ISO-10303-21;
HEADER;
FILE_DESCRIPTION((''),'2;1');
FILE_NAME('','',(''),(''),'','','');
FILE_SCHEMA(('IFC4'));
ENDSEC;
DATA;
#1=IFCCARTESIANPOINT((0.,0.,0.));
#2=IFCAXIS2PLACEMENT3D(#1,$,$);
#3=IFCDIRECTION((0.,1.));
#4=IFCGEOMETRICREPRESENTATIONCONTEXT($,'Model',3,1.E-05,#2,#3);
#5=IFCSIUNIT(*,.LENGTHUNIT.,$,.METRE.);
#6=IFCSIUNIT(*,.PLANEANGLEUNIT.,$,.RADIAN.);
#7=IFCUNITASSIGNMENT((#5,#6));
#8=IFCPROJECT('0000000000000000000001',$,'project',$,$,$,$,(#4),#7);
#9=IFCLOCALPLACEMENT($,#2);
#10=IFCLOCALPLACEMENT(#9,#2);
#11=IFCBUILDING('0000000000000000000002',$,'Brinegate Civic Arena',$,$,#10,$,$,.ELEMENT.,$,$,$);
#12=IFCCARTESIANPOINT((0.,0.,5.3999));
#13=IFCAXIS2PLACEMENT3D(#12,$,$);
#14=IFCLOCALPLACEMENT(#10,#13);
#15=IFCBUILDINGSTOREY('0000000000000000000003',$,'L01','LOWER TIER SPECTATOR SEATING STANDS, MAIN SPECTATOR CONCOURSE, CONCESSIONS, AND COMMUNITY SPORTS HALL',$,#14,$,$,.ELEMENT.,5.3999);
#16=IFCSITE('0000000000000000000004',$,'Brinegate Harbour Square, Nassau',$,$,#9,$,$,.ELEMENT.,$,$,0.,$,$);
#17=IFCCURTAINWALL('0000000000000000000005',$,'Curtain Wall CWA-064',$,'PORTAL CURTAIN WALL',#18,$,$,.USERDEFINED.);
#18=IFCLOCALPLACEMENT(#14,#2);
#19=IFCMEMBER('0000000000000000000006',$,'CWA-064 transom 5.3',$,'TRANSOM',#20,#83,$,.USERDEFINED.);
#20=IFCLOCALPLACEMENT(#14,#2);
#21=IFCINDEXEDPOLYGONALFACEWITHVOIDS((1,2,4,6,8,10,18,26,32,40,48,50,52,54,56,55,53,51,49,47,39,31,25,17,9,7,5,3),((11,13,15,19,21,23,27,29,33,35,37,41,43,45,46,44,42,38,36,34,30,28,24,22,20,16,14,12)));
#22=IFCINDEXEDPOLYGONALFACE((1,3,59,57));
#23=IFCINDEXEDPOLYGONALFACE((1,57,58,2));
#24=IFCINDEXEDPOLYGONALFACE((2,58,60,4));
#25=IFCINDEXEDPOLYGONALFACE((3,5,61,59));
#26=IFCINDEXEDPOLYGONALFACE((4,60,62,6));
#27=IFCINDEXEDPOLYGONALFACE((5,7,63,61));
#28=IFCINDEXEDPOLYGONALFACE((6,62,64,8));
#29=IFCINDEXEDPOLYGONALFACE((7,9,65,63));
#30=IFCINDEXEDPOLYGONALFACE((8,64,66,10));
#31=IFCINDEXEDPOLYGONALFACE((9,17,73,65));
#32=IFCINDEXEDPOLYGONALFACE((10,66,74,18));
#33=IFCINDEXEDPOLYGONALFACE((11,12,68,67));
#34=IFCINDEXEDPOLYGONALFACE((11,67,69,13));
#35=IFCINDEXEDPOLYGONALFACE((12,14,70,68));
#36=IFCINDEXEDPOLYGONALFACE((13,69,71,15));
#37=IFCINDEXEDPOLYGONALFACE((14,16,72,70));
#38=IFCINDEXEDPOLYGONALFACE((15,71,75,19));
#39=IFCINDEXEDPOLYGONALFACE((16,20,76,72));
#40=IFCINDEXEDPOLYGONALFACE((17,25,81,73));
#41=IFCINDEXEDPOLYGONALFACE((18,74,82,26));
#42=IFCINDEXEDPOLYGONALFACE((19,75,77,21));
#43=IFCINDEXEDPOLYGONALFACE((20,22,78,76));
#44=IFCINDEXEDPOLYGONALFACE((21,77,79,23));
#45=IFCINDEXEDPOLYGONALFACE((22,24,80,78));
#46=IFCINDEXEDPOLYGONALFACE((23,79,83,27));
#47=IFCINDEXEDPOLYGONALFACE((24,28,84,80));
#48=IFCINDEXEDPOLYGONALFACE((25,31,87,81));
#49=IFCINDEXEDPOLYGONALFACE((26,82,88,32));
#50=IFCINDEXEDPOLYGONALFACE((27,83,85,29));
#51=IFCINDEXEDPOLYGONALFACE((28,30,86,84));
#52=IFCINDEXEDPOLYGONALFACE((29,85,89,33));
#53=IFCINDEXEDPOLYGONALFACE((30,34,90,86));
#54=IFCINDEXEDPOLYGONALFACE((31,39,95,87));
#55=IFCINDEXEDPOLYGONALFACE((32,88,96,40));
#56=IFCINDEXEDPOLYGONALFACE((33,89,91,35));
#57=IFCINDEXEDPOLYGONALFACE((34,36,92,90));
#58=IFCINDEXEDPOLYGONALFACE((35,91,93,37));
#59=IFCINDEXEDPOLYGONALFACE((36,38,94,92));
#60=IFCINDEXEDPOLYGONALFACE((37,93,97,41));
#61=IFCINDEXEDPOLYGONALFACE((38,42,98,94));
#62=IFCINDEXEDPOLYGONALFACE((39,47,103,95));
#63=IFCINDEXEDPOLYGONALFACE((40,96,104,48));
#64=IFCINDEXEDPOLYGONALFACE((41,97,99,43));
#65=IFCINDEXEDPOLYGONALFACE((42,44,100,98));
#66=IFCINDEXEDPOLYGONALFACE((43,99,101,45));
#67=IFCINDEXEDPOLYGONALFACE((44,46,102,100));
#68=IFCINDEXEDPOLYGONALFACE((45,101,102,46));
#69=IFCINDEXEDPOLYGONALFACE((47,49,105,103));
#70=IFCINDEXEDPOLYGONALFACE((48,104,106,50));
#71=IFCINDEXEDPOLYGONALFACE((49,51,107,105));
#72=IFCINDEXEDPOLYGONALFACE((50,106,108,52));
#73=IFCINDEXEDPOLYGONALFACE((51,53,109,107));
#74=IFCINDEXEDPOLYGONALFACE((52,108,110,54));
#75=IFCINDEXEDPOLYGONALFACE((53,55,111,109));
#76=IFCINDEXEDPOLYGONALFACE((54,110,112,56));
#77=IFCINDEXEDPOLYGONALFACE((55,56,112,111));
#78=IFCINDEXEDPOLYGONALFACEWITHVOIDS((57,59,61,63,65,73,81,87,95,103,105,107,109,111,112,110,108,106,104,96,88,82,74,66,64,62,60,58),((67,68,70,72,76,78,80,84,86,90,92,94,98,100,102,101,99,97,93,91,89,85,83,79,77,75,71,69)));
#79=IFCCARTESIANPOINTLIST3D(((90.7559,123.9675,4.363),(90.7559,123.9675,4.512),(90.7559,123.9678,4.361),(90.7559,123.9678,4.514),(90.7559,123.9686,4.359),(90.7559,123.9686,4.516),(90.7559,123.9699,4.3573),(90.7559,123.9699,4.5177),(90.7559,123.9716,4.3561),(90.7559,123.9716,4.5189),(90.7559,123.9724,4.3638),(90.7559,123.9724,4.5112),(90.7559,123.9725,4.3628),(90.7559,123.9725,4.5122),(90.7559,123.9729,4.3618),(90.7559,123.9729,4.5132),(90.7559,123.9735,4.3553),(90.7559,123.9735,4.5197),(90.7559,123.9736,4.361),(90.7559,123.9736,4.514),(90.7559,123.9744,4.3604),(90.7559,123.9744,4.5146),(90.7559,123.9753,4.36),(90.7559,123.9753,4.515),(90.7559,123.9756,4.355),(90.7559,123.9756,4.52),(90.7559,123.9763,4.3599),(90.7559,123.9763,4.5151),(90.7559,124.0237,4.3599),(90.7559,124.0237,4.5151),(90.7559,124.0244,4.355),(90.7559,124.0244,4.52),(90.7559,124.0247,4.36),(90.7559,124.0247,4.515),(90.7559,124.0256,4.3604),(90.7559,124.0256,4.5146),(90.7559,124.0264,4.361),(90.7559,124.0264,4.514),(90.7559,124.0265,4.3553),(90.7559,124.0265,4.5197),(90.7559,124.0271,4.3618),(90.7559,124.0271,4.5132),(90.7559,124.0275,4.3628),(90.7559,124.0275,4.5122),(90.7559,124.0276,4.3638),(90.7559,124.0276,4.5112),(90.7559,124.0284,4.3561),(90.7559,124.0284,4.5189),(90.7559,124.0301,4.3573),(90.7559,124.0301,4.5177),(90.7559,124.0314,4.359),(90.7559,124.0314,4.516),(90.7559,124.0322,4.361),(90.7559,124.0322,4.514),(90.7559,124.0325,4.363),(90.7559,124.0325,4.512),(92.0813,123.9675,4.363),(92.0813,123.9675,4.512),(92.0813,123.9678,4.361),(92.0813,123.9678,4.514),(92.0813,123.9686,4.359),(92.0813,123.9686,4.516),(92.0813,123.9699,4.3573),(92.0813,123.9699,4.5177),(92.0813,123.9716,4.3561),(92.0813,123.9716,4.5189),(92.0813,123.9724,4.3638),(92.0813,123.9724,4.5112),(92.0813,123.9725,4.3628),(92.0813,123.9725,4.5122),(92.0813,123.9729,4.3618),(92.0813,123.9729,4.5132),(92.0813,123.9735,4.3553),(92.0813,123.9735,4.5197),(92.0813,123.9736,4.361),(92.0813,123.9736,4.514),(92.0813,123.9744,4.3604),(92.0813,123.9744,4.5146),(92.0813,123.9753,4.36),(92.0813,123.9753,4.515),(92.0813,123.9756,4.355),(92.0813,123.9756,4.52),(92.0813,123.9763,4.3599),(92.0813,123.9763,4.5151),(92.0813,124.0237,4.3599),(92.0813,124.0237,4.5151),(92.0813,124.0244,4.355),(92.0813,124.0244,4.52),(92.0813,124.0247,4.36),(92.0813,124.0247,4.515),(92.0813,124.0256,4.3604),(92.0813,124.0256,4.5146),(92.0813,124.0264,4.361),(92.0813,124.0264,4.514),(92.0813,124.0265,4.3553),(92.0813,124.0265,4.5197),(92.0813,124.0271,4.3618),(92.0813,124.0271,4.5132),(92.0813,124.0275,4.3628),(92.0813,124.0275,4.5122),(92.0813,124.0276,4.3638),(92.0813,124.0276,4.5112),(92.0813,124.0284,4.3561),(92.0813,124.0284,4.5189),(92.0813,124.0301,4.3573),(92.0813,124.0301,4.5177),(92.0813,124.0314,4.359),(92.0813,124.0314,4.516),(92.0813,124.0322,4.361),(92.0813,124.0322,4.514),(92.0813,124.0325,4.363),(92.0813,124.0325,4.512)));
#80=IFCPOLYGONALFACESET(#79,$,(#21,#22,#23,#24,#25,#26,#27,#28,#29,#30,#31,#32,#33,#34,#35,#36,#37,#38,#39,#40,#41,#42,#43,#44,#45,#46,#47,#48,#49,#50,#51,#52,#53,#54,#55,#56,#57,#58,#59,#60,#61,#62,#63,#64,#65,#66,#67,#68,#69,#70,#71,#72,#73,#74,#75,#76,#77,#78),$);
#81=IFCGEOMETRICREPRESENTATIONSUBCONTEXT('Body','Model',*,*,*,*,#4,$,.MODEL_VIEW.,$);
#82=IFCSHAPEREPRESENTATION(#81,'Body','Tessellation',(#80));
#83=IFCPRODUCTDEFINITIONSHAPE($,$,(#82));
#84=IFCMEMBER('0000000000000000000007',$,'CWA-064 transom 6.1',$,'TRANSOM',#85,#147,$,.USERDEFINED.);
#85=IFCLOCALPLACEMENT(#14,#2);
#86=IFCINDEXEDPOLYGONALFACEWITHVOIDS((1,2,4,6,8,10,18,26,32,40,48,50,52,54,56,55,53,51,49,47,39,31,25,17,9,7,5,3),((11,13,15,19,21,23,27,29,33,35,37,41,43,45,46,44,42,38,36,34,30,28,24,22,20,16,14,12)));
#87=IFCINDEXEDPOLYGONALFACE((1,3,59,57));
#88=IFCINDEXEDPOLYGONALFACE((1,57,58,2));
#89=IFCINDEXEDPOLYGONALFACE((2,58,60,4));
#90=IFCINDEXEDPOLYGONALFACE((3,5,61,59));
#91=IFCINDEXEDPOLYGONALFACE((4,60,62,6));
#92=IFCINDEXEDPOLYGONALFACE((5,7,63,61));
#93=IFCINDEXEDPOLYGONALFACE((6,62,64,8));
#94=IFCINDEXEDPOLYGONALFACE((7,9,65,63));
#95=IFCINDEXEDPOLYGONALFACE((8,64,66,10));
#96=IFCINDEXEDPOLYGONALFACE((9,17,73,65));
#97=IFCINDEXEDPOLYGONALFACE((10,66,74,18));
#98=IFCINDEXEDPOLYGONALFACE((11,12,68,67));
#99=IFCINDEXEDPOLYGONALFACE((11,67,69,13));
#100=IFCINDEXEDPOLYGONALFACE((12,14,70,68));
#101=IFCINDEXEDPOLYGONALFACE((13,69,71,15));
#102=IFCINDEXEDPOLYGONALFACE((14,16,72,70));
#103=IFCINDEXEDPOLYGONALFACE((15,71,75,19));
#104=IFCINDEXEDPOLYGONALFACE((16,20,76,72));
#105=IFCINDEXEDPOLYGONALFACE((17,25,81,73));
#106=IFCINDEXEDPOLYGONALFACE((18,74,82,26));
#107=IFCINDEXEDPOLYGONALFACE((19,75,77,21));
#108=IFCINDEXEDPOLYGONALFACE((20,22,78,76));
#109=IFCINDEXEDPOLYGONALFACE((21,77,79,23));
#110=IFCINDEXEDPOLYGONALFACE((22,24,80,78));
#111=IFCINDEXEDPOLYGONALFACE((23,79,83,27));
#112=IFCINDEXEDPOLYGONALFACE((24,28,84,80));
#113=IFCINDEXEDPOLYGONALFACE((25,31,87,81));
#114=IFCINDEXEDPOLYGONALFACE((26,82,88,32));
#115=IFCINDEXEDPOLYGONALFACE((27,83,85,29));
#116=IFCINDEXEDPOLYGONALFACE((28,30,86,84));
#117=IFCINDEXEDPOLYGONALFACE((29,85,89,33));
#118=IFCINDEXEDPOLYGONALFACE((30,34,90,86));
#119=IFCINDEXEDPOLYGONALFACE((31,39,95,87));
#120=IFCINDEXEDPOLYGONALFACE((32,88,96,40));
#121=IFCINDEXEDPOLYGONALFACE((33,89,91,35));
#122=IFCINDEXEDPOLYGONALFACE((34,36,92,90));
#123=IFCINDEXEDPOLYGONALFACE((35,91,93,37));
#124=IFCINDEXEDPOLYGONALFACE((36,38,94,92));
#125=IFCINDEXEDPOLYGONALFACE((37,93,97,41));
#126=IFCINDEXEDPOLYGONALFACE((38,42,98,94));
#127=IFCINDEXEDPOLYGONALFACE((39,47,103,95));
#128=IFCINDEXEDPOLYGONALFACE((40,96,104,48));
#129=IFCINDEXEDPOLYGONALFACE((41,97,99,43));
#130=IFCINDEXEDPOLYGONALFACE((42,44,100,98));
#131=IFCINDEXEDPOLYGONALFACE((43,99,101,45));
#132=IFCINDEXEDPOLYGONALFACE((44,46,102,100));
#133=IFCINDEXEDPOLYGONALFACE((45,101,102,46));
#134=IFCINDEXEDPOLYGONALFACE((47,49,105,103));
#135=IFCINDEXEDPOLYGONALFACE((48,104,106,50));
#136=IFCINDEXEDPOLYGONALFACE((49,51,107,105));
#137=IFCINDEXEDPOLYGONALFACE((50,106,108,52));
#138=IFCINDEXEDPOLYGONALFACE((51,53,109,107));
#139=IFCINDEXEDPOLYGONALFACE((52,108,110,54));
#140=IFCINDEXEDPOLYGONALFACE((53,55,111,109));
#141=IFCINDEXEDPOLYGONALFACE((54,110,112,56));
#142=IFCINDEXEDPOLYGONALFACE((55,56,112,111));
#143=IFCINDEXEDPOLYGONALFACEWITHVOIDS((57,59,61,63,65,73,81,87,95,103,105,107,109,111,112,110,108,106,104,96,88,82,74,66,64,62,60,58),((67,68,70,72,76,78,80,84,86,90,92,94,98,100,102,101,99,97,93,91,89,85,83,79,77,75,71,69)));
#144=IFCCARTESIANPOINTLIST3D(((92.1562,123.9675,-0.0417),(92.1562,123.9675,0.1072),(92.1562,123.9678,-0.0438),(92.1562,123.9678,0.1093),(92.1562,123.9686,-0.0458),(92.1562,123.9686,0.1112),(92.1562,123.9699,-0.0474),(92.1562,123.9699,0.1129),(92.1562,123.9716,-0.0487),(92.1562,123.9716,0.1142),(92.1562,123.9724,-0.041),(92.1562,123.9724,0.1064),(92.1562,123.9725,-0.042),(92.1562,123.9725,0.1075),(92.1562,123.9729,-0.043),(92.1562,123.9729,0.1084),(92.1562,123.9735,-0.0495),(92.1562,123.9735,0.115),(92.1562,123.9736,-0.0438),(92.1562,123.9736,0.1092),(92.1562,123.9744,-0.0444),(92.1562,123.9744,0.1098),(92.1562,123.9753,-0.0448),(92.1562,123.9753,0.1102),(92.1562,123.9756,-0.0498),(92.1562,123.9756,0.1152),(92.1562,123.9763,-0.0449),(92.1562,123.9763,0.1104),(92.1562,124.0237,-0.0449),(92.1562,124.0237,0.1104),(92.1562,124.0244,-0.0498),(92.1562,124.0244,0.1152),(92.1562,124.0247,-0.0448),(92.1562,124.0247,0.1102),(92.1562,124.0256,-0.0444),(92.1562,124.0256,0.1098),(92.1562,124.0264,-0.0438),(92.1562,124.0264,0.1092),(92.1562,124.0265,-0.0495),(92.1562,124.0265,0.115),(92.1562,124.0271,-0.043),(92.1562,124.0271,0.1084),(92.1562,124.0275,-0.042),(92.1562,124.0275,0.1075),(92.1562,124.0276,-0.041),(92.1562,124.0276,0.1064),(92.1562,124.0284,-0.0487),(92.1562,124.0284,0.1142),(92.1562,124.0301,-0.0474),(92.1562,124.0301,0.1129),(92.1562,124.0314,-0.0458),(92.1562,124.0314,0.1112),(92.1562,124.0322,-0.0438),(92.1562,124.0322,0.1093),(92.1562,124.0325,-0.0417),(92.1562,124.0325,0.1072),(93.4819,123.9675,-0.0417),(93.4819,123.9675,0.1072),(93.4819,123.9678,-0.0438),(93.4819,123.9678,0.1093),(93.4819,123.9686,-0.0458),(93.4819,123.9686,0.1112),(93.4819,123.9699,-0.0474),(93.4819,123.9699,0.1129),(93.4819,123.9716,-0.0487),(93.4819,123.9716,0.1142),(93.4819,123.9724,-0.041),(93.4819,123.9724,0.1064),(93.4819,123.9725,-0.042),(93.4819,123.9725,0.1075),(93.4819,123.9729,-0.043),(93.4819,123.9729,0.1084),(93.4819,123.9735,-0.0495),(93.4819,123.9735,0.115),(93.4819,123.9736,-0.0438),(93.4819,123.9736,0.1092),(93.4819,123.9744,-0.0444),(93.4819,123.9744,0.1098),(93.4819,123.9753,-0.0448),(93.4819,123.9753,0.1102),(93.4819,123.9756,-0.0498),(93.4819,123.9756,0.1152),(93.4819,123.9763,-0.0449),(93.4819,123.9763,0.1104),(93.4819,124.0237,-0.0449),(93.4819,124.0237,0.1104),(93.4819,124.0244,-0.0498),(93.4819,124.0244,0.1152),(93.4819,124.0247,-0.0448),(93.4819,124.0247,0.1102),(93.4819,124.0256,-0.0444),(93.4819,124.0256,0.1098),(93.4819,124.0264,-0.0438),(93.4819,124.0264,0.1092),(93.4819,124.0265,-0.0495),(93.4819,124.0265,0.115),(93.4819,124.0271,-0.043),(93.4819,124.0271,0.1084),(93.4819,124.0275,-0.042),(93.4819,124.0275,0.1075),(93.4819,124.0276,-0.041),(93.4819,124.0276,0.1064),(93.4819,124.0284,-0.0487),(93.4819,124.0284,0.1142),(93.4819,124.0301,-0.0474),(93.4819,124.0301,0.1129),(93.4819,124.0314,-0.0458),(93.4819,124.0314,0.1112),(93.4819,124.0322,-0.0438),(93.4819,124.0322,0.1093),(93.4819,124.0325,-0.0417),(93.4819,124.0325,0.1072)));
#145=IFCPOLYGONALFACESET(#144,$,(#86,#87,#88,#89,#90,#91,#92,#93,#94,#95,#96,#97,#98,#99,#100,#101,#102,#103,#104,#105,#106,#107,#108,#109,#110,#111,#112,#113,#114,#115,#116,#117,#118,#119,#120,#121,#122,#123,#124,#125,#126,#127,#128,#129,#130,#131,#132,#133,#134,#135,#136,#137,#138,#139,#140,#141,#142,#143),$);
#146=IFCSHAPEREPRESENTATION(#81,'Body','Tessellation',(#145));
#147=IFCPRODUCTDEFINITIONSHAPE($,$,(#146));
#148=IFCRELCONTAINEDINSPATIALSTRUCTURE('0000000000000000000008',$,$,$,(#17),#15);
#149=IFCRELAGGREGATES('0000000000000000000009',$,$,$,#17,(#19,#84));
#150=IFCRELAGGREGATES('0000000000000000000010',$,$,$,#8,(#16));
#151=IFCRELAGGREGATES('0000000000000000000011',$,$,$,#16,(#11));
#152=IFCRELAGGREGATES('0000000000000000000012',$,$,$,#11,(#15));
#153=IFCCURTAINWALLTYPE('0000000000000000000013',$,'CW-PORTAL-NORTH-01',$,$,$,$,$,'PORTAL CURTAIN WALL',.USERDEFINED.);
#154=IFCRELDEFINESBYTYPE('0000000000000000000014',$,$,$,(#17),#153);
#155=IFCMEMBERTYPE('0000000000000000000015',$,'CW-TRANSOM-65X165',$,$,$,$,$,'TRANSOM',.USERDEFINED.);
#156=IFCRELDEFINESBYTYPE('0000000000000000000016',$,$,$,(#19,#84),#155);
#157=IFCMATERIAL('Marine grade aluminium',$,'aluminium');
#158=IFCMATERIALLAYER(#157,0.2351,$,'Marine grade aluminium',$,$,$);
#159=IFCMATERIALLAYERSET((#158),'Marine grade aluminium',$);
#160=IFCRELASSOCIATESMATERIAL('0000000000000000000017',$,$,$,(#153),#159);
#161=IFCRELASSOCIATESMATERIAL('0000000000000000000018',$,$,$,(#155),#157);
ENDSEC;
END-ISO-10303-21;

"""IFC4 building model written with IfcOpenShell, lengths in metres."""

from ifc_helpers import new_model, si_unit, direction, frame, origin, origin_2d, place, context, subcontext, project, spatial, hollow_rectangle, extrude, material, layer, layer_set, material_profile, profile_set, type_object, element, aggregate, save


model = new_model("IFC4")

# Units and contexts
model_context = context("Model", 3, precision=1e-05, world=origin(), true_north=direction((0.0, 1.0)))
body_context = subcontext(model_context, "Body", "Model", "MODEL_VIEW")
ifc_project = project(units=[si_unit("LENGTHUNIT", "METRE"), si_unit("PLANEANGLEUNIT", "RADIAN")], contexts=[model_context])

# Site, building, storey
site_placement = place(None, origin())
site = spatial("IfcSite", under=ifc_project, at=site_placement, Name="Brinegate Harbour Square, Nassau", CompositionType="ELEMENT", RefElevation=0.0)
building_placement = place(site_placement, origin())
building = spatial("IfcBuilding", under=site, at=building_placement, Name="Brinegate Civic Arena", CompositionType="ELEMENT")
storey_placement = place(building_placement, frame((0.0, 0.0, 5.3999)))
storey = spatial("IfcBuildingStorey", under=building, at=storey_placement, Name="L01", Description="LOWER TIER SPECTATOR SEATING STANDS, MAIN SPECTATOR CONCOURSE, CONCESSIONS, AND COMMUNITY SPORTS HALL", CompositionType="ELEMENT", Elevation=5.3999)

# Curtain wall, members
ifc_material_1 = material(Name="Marine grade aluminium", Category="aluminium")
ifc_layer_1 = layer(ifc_material_1, 0.2351, Name="Marine grade aluminium")
ifc_layer_set_1 = layer_set([ifc_layer_1], Name="Marine grade aluminium")
curtain_wall_type = type_object("IfcCurtainWallType", Name="CW-PORTAL-NORTH-01", ElementType="PORTAL CURTAIN WALL", PredefinedType="USERDEFINED", material=ifc_layer_set_1)
curtain_wall_placement = place(storey_placement, origin())
curtain_wall = element("IfcCurtainWall", 1, at=curtain_wall_placement, inside=storey, type_object=curtain_wall_type, Name="Curtain Wall CWA-064", ObjectType="PORTAL CURTAIN WALL", PredefinedType="USERDEFINED")
ifc_material_profile_1 = material_profile(ifc_material_1, hollow_rectangle(XDim=0.0649, YDim=0.165, WallThickness=0.0049, InnerFilletRadius=0.0039, OuterFilletRadius=0.0081, at=origin_2d()), Name="TRN65X165")
ifc_profile_set_1 = profile_set([ifc_material_profile_1], Name="Marine grade aluminium")
member_type_1 = type_object("IfcMemberType", Name="CW-TRANSOM-65X165", ElementType="TRANSOM", PredefinedType="USERDEFINED", material=ifc_profile_set_1)
member_1_placement = place(storey_placement, frame((90.7559, 124.0, 4.4375), z_axis=(1.0, 0.0, 0.0), x_axis=(0.0, 1.0, 0.0)))
member_1 = element("IfcMember", 2, at=member_1_placement, type_object=member_type_1, Name="CWA-064 transom 5.3", ObjectType="TRANSOM", PredefinedType="USERDEFINED", context=body_context, shape_type="SweptSolid", body=[
    extrude(hollow_rectangle(XDim=0.0649, YDim=0.165, WallThickness=0.0049, InnerFilletRadius=0.0039, OuterFilletRadius=0.0081, at=origin_2d()), origin(), (0.0, 0.0, 1.0), 1.3254),
])
member_2_placement = place(storey_placement, frame((92.1562, 124.0, 0.0327), z_axis=(1.0, 0.0, 0.0), x_axis=(0.0, 1.0, 0.0)))
member_2 = element("IfcMember", 3, at=member_2_placement, type_object=member_type_1, Name="CWA-064 transom 6.1", ObjectType="TRANSOM", PredefinedType="USERDEFINED", context=body_context, shape_type="SweptSolid", body=[
    extrude(hollow_rectangle(XDim=0.0649, YDim=0.165, WallThickness=0.0049, InnerFilletRadius=0.0039, OuterFilletRadius=0.0081, at=origin_2d()), origin(), (0.0, 0.0, 1.0), 1.3257),
])

aggregate(curtain_wall, [member_1, member_2])

save(model, "model.ifc")
